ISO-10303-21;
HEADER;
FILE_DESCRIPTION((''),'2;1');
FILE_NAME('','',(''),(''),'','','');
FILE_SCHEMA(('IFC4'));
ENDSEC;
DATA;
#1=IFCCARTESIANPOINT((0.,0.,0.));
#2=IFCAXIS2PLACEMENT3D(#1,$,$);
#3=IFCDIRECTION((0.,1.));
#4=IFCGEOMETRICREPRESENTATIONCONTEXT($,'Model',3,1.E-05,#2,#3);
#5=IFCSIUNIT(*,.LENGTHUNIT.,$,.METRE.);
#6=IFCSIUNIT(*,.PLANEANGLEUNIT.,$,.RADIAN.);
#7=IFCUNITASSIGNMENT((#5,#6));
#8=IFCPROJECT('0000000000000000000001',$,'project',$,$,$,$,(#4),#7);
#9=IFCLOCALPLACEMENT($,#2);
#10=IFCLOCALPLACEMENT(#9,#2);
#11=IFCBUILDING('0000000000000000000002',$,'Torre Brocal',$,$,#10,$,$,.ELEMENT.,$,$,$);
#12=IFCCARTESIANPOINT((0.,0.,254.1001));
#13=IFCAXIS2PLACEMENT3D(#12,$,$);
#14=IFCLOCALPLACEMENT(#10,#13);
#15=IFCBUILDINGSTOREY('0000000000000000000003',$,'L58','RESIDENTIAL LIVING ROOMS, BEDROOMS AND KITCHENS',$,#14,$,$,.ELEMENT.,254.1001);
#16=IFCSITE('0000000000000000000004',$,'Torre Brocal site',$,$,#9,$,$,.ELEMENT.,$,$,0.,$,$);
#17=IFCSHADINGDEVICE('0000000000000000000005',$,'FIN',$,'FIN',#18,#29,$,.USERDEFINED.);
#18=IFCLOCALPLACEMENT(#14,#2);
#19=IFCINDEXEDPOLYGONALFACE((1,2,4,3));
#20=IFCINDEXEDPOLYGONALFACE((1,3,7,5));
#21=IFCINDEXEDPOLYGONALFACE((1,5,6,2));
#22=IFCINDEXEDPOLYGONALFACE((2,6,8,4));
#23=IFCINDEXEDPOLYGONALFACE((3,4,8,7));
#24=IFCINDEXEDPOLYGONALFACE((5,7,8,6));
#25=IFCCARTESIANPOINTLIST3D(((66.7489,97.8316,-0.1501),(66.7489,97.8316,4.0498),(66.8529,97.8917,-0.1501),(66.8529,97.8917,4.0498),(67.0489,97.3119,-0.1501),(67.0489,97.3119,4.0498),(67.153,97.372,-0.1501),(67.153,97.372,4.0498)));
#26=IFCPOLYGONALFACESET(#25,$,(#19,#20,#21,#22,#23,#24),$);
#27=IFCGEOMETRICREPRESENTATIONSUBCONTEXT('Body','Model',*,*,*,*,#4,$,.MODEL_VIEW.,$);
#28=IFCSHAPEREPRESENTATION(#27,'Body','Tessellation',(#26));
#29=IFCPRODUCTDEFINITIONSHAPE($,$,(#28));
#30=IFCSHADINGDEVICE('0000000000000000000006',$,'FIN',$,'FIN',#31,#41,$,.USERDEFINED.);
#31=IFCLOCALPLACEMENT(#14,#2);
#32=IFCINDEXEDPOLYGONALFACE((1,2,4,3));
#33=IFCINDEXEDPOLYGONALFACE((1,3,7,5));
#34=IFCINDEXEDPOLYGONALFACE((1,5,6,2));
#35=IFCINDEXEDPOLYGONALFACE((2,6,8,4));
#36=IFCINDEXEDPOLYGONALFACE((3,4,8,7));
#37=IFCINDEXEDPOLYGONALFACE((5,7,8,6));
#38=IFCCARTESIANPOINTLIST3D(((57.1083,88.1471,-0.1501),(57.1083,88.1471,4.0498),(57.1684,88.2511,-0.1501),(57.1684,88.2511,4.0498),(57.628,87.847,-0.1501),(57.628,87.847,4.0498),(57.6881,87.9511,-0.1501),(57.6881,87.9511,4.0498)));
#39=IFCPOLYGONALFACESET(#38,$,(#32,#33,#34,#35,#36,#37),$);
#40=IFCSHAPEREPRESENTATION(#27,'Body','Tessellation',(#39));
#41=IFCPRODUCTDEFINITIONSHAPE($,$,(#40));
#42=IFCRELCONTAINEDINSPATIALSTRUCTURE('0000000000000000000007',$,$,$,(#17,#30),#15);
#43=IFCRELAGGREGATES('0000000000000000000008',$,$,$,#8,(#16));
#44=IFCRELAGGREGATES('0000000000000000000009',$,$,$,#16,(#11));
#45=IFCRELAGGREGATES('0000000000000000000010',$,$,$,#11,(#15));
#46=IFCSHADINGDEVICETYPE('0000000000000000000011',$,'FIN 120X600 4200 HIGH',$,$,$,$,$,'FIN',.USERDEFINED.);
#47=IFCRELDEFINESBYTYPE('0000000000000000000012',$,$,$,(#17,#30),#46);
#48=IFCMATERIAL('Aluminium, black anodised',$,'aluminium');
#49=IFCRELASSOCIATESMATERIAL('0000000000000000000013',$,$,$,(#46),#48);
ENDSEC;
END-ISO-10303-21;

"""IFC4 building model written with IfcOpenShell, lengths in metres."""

from ifc_helpers import new_model, si_unit, direction, frame, origin, origin_2d, place, context, subcontext, project, spatial, rectangle, extrude, material, material_profile, profile_set, type_object, element, save


model = new_model("IFC4")

# Units and contexts
model_context = context("Model", 3, precision=1e-05, world=origin(), true_north=direction((0.0, 1.0)))
body_context = subcontext(model_context, "Body", "Model", "MODEL_VIEW")
ifc_project = project(units=[si_unit("LENGTHUNIT", "METRE"), si_unit("PLANEANGLEUNIT", "RADIAN")], contexts=[model_context])

# Site, building, storey
site_placement = place(None, origin())
site = spatial("IfcSite", under=ifc_project, at=site_placement, Name="Torre Brocal site", CompositionType="ELEMENT", RefElevation=0.0)
building_placement = place(site_placement, origin())
building = spatial("IfcBuilding", under=site, at=building_placement, Name="Torre Brocal", CompositionType="ELEMENT")
storey_placement = place(building_placement, frame((0.0, 0.0, 254.1001)))
storey = spatial("IfcBuildingStorey", under=building, at=storey_placement, Name="L58", Description="RESIDENTIAL LIVING ROOMS, BEDROOMS AND KITCHENS", CompositionType="ELEMENT", Elevation=254.1001)

# Shading devices
ifc_material_1 = material(Name="Aluminium, black anodised", Category="aluminium")
ifc_material_profile_1 = material_profile(ifc_material_1, rectangle(XDim=0.1201, YDim=0.6001, at=origin_2d()), Name="FIN 120X600 4200 HIGH")
ifc_profile_set_1 = profile_set([ifc_material_profile_1], Name="Aluminium, black anodised")
shading_device_type = type_object("IfcShadingDeviceType", Name="FIN 120X600 4200 HIGH", ElementType="FIN", PredefinedType="USERDEFINED", material=ifc_profile_set_1)
for number, where, z_axis, x_axis, name in (
    (1, (66.9509, 97.6018, -0.1501), (0.0, 0.0, 1.0), (-0.866025, -0.5, 0.0), "FIN"),
    (2, (57.3982, 88.0491, -0.1501), (0.0, 0.0, 1.0), (-0.5, -0.866025, 0.0), "FIN"),
):
    element("IfcShadingDevice", number, at=place(storey_placement, frame(where, z_axis=z_axis, x_axis=x_axis)), inside=storey, type_object=shading_device_type, Name=name, ObjectType="FIN", PredefinedType="USERDEFINED", context=body_context, shape_type="SweptSolid", body=[
        extrude(rectangle(XDim=0.1201, YDim=0.6001, at=origin_2d()), origin(), (0.0, 0.0, 1.0), 4.2),
    ])

save(model, "model.ifc")
